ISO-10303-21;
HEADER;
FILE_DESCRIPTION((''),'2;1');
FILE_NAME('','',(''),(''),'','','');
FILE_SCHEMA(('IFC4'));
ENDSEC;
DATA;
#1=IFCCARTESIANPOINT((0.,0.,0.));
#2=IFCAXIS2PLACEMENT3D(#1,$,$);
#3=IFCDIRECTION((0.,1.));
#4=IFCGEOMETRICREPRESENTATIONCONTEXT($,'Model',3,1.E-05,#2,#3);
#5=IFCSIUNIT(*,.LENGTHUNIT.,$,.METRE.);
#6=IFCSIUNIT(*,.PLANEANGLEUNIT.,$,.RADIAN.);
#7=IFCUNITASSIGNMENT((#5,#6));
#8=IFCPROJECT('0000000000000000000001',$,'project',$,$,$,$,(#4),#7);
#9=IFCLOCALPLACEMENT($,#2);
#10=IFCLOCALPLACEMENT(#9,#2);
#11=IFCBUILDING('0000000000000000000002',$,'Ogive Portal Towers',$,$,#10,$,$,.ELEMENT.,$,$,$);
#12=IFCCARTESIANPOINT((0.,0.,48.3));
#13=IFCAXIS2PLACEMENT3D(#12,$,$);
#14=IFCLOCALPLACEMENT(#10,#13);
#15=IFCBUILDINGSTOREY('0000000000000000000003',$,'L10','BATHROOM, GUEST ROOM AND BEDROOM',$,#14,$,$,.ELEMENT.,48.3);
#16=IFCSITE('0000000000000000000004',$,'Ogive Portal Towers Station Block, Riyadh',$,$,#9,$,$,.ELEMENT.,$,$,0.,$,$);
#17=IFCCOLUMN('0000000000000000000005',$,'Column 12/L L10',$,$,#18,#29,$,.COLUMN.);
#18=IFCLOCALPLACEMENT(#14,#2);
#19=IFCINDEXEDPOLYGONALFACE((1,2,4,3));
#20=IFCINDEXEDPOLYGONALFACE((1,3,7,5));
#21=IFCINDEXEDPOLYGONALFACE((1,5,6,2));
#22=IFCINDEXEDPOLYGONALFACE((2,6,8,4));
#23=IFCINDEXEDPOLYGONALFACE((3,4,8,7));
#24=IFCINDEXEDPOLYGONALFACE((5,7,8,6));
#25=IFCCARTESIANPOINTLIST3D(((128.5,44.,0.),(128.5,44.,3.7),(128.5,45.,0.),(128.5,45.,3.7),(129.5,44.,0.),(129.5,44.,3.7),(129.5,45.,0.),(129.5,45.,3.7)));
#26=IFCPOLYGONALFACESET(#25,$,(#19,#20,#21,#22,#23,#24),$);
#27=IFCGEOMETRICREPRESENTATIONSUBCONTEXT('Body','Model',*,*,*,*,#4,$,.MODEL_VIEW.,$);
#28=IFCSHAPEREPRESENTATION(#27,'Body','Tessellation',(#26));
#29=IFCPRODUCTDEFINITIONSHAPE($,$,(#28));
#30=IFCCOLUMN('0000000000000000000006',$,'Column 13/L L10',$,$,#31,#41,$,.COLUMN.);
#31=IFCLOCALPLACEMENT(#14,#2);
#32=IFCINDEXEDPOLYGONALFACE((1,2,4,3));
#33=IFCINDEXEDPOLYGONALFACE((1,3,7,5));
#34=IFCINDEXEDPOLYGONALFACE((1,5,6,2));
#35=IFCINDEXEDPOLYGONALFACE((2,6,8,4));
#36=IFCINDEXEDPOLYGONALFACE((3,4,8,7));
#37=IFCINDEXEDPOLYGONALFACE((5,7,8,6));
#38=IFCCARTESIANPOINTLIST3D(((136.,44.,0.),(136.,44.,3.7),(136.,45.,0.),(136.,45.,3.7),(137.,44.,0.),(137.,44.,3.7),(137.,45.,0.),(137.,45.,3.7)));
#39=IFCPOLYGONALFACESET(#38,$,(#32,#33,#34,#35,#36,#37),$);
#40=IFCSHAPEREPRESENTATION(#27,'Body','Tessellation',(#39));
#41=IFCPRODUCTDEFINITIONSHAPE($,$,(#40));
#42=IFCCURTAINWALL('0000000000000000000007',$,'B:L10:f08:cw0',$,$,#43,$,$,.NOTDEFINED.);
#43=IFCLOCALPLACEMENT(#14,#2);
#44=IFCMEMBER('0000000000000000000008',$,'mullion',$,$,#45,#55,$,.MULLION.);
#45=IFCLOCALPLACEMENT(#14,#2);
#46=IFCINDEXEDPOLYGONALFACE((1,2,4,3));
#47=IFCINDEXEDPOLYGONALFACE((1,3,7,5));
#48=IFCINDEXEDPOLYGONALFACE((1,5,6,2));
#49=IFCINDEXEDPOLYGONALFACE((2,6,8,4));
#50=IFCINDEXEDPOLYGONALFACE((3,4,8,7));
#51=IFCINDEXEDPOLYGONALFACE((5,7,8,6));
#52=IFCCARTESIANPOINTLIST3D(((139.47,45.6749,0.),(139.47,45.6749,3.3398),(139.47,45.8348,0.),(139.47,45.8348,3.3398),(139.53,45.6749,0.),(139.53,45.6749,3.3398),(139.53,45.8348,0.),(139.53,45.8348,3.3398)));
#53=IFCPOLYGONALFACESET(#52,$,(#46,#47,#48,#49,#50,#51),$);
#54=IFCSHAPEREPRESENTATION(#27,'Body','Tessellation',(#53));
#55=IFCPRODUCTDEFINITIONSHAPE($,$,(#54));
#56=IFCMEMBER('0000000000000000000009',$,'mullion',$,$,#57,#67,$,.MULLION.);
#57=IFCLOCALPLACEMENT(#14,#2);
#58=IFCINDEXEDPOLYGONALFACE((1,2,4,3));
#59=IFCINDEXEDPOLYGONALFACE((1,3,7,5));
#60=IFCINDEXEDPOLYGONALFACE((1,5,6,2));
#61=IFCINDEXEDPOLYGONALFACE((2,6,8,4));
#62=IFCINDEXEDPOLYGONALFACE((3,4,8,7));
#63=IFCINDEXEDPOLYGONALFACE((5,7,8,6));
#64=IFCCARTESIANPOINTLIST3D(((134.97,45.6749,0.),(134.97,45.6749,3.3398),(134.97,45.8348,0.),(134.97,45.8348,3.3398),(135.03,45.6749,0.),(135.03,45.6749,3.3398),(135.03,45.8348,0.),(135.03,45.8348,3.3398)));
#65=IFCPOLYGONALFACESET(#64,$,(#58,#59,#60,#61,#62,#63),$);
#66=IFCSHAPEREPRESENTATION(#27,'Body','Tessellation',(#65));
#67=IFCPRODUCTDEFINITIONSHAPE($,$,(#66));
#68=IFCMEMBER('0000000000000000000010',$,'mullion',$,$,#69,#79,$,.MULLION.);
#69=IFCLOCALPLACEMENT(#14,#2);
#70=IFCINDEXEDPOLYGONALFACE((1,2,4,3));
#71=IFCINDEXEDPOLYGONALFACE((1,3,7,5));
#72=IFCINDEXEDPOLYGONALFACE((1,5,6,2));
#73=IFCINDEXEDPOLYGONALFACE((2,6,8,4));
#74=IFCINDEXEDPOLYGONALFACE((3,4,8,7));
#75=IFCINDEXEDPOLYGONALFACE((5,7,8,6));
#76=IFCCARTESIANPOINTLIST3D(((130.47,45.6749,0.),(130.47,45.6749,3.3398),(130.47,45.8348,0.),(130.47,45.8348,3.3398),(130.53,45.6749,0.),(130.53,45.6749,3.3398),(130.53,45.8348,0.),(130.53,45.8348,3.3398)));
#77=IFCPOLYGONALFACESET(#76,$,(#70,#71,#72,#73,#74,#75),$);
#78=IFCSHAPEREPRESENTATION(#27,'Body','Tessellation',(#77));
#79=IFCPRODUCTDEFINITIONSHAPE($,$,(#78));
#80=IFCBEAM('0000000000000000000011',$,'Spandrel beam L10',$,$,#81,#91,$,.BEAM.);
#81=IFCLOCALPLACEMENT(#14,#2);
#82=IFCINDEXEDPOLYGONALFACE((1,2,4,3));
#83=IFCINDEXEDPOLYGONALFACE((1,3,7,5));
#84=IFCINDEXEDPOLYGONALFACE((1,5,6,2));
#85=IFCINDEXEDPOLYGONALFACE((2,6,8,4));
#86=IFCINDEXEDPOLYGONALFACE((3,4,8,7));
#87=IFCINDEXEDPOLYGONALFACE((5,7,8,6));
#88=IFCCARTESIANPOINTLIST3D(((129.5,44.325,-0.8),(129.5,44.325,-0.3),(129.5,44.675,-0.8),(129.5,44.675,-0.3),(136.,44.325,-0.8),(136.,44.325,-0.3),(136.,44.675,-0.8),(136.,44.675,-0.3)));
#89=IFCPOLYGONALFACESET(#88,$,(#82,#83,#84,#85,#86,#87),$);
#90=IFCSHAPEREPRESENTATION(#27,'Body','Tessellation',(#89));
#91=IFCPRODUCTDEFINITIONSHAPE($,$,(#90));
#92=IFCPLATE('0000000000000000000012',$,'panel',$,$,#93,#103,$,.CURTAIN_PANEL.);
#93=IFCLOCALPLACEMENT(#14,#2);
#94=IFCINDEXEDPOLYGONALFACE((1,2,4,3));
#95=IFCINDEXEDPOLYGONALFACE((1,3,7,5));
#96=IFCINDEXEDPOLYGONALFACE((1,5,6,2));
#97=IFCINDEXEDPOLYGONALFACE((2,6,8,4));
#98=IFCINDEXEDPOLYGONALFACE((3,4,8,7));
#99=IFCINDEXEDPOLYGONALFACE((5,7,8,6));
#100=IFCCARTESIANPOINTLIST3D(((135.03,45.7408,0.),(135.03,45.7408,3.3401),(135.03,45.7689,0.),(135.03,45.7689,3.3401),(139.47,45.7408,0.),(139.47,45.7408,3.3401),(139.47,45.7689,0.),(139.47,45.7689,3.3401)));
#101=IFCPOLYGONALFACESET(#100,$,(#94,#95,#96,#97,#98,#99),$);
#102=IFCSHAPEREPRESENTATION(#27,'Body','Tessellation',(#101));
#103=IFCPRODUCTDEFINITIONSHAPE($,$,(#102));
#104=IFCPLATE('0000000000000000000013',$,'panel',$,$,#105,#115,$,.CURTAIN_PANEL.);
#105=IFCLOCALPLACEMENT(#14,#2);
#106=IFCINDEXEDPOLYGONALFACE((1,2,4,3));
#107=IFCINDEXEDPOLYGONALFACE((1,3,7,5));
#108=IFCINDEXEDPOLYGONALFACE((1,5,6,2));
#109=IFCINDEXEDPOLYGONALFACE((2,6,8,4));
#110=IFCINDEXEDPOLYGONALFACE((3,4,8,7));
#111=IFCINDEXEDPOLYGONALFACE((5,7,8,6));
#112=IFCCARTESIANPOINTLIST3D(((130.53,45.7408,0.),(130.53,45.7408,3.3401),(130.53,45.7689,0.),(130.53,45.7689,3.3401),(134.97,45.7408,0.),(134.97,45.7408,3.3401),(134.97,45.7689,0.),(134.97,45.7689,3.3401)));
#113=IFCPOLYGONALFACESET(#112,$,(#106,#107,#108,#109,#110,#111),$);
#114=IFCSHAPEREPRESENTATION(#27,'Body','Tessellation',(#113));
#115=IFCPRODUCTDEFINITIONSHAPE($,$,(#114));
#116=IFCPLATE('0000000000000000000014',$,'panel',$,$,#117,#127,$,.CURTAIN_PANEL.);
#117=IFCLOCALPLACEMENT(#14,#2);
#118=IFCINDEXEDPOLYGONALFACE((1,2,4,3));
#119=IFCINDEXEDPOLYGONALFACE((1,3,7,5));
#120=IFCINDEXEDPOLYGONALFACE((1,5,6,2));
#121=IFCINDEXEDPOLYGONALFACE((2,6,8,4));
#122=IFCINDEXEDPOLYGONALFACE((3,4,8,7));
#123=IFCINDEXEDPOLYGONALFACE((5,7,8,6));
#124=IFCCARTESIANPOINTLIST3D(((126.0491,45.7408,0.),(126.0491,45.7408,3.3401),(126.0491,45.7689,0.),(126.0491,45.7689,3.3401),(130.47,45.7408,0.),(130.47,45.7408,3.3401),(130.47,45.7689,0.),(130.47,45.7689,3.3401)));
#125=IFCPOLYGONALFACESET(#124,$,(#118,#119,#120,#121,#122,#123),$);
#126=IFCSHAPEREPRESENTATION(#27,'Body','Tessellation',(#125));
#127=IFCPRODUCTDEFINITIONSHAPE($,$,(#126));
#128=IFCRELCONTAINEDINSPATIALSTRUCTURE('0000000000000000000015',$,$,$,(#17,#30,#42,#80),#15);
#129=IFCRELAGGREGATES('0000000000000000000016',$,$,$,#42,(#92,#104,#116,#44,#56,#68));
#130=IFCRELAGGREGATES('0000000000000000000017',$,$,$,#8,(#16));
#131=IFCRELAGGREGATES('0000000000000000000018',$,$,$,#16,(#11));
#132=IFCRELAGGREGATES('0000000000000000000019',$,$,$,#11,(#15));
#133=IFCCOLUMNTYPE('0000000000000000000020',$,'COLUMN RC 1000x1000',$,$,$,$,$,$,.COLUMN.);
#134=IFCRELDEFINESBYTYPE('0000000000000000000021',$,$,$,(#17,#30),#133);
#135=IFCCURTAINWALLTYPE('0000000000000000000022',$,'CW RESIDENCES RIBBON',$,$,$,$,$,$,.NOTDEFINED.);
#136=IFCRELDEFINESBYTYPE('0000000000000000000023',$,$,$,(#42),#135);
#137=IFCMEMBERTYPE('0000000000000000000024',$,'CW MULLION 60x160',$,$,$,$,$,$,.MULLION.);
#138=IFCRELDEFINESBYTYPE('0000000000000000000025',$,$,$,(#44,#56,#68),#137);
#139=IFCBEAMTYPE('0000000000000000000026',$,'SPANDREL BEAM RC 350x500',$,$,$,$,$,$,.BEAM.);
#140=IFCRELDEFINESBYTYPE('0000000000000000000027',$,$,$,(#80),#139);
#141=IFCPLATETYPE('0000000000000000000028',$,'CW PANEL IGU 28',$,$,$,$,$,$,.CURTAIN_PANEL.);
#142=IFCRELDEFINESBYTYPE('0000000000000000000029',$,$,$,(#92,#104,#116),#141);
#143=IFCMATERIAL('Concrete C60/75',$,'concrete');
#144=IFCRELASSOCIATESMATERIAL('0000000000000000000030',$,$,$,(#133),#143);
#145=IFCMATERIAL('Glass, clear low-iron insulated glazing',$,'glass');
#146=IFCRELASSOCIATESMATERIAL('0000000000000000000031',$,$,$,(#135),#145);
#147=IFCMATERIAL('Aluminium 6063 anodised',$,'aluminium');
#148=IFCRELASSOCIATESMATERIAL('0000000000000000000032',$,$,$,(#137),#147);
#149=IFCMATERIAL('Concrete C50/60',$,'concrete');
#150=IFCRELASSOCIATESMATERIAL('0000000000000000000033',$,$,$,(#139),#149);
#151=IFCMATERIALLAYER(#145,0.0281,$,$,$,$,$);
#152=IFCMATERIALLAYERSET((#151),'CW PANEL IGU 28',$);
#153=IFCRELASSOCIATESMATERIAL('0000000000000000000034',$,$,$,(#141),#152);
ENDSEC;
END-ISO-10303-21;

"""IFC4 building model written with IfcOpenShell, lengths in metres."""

from ifc_helpers import new_model, si_unit, direction, frame, origin, origin_2d, place, context, subcontext, project, spatial, rectangle, extrude, material, layer, layer_set, material_profile, profile_set, type_object, element, aggregate, save


model = new_model("IFC4")

# Units and contexts
model_context = context("Model", 3, precision=1e-05, world=origin(), true_north=direction((0.0, 1.0)))
body_context = subcontext(model_context, "Body", "Model", "MODEL_VIEW")
ifc_project = project(units=[si_unit("LENGTHUNIT", "METRE"), si_unit("PLANEANGLEUNIT", "RADIAN")], contexts=[model_context])

# Site, building, storey
site_placement = place(None, origin())
site = spatial("IfcSite", under=ifc_project, at=site_placement, Name="Ogive Portal Towers Station Block, Riyadh", CompositionType="ELEMENT", RefElevation=0.0)
building_placement = place(site_placement, origin())
building = spatial("IfcBuilding", under=site, at=building_placement, Name="Ogive Portal Towers", CompositionType="ELEMENT")
storey_placement = place(building_placement, frame((0.0, 0.0, 48.3)))
storey = spatial("IfcBuildingStorey", under=building, at=storey_placement, Name="L10", Description="BATHROOM, GUEST ROOM AND BEDROOM", CompositionType="ELEMENT", Elevation=48.3)

# Columns
ifc_material_1 = material(Name="Concrete C60/75", Category="concrete")
ifc_material_profile_1 = material_profile(ifc_material_1, rectangle(XDim=1.0, YDim=1.0, at=origin_2d()), Name="RC 1000x1000")
ifc_profile_set_1 = profile_set([ifc_material_profile_1], Name="Concrete C60/75")
column_type = type_object("IfcColumnType", Name="COLUMN RC 1000x1000", PredefinedType="COLUMN", material=ifc_profile_set_1)
for number, where, z_axis, x_axis, name in (
    (1, (129.0, 44.5, 0.0), (0.0, 0.0, 1.0), (1.0, 0.0, 0.0), "Column 12/L L10"),
    (2, (136.5, 44.5, 0.0), (0.0, 0.0, 1.0), (1.0, 0.0, 0.0), "Column 13/L L10"),
):
    element("IfcColumn", number, at=place(storey_placement, frame(where, z_axis=z_axis, x_axis=x_axis)), inside=storey, type_object=column_type, Name=name, PredefinedType="COLUMN", context=body_context, shape_type="SweptSolid", body=[
        extrude(rectangle(XDim=1.0, YDim=1.0, at=origin_2d()), origin(), (0.0, 0.0, 1.0), 3.7),
    ])

# Curtain wall, members
ifc_material_2 = material(Name="Glass, clear low-iron insulated glazing", Category="glass")
curtain_wall_type = type_object("IfcCurtainWallType", Name="CW RESIDENCES RIBBON", PredefinedType="NOTDEFINED", material=ifc_material_2)
curtain_wall_placement = place(storey_placement, origin())
curtain_wall = element("IfcCurtainWall", 3, at=curtain_wall_placement, inside=storey, type_object=curtain_wall_type, Name="B:L10:f08:cw0", PredefinedType="NOTDEFINED")
ifc_material_3 = material(Name="Aluminium 6063 anodised", Category="aluminium")
ifc_material_profile_2 = material_profile(ifc_material_3, rectangle(XDim=0.1599, YDim=0.0601, at=origin_2d()), Name="AL 60x160")
ifc_profile_set_2 = profile_set([ifc_material_profile_2], Name="Aluminium 6063 anodised")
member_type = type_object("IfcMemberType", Name="CW MULLION 60x160", PredefinedType="MULLION", material=ifc_profile_set_2)
member_1_placement = place(storey_placement, frame((139.5, 45.7549, 0.0), z_axis=(0.0, 0.0, 1.0), x_axis=(0.0, -1.0, 0.0)))
member_1 = element("IfcMember", 4, at=member_1_placement, type_object=member_type, Name="mullion", PredefinedType="MULLION", context=body_context, shape_type="SweptSolid", body=[
    extrude(rectangle(XDim=0.1599, YDim=0.0601, at=origin_2d()), origin(), (0.0, 0.0, 1.0), 3.3398),
])
member_2_placement = place(storey_placement, frame((135.0, 45.7549, 0.0), z_axis=(0.0, 0.0, 1.0), x_axis=(0.0, -1.0, 0.0)))
member_2 = element("IfcMember", 5, at=member_2_placement, type_object=member_type, Name="mullion", PredefinedType="MULLION", context=body_context, shape_type="SweptSolid", body=[
    extrude(rectangle(XDim=0.1599, YDim=0.0601, at=origin_2d()), origin(), (0.0, 0.0, 1.0), 3.3398),
])
member_3_placement = place(storey_placement, frame((130.5, 45.7549, 0.0), z_axis=(0.0, 0.0, 1.0), x_axis=(0.0, -1.0, 0.0)))
member_3 = element("IfcMember", 6, at=member_3_placement, type_object=member_type, Name="mullion", PredefinedType="MULLION", context=body_context, shape_type="SweptSolid", body=[
    extrude(rectangle(XDim=0.1599, YDim=0.0601, at=origin_2d()), origin(), (0.0, 0.0, 1.0), 3.3398),
])

# Beam
ifc_material_4 = material(Name="Concrete C50/60", Category="concrete")
ifc_material_profile_3 = material_profile(ifc_material_4, rectangle(XDim=0.3501, YDim=0.5, at=origin_2d()), Name="RC 350x500")
ifc_profile_set_3 = profile_set([ifc_material_profile_3], Name="Concrete C50/60")
beam_type = type_object("IfcBeamType", Name="SPANDREL BEAM RC 350x500", PredefinedType="BEAM", material=ifc_profile_set_3)
beam_placement = place(storey_placement, frame((136.0, 44.5, -0.55), z_axis=(-1.0, 0.0, 0.0), x_axis=(0.0, -1.0, 0.0)))
element("IfcBeam", 7, at=beam_placement, inside=storey, type_object=beam_type, Name="Spandrel beam L10", PredefinedType="BEAM", context=body_context, shape_type="SweptSolid", body=[
    extrude(rectangle(XDim=0.3501, YDim=0.5, at=origin_2d()), origin(), (0.0, 0.0, 1.0), 6.5),
])

# Plates
ifc_layer_1 = layer(ifc_material_2, 0.0281)
ifc_layer_set_1 = layer_set([ifc_layer_1], Name="CW PANEL IGU 28")
plate_type = type_object("IfcPlateType", Name="CW PANEL IGU 28", PredefinedType="CURTAIN_PANEL", material=ifc_layer_set_1)
plate_1_placement = place(storey_placement, frame((137.25, 45.7549, 0.0), z_axis=(0.0, 0.0, 1.0), x_axis=(-1.0, 0.0, 0.0)))
plate_1 = element("IfcPlate", 8, at=plate_1_placement, type_object=plate_type, Name="panel", PredefinedType="CURTAIN_PANEL", context=body_context, shape_type="SweptSolid", body=[
    extrude(rectangle(XDim=4.4399, YDim=0.0281, at=origin_2d()), origin(), (0.0, 0.0, 1.0), 3.3401),
])
plate_2_placement = place(storey_placement, frame((132.75, 45.7549, 0.0), z_axis=(0.0, 0.0, 1.0), x_axis=(-1.0, 0.0, 0.0)))
plate_2 = element("IfcPlate", 9, at=plate_2_placement, type_object=plate_type, Name="panel", PredefinedType="CURTAIN_PANEL", context=body_context, shape_type="SweptSolid", body=[
    extrude(rectangle(XDim=4.4399, YDim=0.0281, at=origin_2d()), origin(), (0.0, 0.0, 1.0), 3.3401),
])
plate_3_placement = place(storey_placement, frame((128.2595, 45.7549, 0.0), z_axis=(0.0, 0.0, 1.0), x_axis=(-1.0, 0.0, 0.0)))
plate_3 = element("IfcPlate", 10, at=plate_3_placement, type_object=plate_type, Name="panel", PredefinedType="CURTAIN_PANEL", context=body_context, shape_type="SweptSolid", body=[
    extrude(rectangle(XDim=4.4209, YDim=0.0281, at=origin_2d()), origin(), (0.0, 0.0, 1.0), 3.3401),
])
aggregate(curtain_wall, [plate_1, plate_2, plate_3, member_1, member_2, member_3])

save(model, "model.ifc")
